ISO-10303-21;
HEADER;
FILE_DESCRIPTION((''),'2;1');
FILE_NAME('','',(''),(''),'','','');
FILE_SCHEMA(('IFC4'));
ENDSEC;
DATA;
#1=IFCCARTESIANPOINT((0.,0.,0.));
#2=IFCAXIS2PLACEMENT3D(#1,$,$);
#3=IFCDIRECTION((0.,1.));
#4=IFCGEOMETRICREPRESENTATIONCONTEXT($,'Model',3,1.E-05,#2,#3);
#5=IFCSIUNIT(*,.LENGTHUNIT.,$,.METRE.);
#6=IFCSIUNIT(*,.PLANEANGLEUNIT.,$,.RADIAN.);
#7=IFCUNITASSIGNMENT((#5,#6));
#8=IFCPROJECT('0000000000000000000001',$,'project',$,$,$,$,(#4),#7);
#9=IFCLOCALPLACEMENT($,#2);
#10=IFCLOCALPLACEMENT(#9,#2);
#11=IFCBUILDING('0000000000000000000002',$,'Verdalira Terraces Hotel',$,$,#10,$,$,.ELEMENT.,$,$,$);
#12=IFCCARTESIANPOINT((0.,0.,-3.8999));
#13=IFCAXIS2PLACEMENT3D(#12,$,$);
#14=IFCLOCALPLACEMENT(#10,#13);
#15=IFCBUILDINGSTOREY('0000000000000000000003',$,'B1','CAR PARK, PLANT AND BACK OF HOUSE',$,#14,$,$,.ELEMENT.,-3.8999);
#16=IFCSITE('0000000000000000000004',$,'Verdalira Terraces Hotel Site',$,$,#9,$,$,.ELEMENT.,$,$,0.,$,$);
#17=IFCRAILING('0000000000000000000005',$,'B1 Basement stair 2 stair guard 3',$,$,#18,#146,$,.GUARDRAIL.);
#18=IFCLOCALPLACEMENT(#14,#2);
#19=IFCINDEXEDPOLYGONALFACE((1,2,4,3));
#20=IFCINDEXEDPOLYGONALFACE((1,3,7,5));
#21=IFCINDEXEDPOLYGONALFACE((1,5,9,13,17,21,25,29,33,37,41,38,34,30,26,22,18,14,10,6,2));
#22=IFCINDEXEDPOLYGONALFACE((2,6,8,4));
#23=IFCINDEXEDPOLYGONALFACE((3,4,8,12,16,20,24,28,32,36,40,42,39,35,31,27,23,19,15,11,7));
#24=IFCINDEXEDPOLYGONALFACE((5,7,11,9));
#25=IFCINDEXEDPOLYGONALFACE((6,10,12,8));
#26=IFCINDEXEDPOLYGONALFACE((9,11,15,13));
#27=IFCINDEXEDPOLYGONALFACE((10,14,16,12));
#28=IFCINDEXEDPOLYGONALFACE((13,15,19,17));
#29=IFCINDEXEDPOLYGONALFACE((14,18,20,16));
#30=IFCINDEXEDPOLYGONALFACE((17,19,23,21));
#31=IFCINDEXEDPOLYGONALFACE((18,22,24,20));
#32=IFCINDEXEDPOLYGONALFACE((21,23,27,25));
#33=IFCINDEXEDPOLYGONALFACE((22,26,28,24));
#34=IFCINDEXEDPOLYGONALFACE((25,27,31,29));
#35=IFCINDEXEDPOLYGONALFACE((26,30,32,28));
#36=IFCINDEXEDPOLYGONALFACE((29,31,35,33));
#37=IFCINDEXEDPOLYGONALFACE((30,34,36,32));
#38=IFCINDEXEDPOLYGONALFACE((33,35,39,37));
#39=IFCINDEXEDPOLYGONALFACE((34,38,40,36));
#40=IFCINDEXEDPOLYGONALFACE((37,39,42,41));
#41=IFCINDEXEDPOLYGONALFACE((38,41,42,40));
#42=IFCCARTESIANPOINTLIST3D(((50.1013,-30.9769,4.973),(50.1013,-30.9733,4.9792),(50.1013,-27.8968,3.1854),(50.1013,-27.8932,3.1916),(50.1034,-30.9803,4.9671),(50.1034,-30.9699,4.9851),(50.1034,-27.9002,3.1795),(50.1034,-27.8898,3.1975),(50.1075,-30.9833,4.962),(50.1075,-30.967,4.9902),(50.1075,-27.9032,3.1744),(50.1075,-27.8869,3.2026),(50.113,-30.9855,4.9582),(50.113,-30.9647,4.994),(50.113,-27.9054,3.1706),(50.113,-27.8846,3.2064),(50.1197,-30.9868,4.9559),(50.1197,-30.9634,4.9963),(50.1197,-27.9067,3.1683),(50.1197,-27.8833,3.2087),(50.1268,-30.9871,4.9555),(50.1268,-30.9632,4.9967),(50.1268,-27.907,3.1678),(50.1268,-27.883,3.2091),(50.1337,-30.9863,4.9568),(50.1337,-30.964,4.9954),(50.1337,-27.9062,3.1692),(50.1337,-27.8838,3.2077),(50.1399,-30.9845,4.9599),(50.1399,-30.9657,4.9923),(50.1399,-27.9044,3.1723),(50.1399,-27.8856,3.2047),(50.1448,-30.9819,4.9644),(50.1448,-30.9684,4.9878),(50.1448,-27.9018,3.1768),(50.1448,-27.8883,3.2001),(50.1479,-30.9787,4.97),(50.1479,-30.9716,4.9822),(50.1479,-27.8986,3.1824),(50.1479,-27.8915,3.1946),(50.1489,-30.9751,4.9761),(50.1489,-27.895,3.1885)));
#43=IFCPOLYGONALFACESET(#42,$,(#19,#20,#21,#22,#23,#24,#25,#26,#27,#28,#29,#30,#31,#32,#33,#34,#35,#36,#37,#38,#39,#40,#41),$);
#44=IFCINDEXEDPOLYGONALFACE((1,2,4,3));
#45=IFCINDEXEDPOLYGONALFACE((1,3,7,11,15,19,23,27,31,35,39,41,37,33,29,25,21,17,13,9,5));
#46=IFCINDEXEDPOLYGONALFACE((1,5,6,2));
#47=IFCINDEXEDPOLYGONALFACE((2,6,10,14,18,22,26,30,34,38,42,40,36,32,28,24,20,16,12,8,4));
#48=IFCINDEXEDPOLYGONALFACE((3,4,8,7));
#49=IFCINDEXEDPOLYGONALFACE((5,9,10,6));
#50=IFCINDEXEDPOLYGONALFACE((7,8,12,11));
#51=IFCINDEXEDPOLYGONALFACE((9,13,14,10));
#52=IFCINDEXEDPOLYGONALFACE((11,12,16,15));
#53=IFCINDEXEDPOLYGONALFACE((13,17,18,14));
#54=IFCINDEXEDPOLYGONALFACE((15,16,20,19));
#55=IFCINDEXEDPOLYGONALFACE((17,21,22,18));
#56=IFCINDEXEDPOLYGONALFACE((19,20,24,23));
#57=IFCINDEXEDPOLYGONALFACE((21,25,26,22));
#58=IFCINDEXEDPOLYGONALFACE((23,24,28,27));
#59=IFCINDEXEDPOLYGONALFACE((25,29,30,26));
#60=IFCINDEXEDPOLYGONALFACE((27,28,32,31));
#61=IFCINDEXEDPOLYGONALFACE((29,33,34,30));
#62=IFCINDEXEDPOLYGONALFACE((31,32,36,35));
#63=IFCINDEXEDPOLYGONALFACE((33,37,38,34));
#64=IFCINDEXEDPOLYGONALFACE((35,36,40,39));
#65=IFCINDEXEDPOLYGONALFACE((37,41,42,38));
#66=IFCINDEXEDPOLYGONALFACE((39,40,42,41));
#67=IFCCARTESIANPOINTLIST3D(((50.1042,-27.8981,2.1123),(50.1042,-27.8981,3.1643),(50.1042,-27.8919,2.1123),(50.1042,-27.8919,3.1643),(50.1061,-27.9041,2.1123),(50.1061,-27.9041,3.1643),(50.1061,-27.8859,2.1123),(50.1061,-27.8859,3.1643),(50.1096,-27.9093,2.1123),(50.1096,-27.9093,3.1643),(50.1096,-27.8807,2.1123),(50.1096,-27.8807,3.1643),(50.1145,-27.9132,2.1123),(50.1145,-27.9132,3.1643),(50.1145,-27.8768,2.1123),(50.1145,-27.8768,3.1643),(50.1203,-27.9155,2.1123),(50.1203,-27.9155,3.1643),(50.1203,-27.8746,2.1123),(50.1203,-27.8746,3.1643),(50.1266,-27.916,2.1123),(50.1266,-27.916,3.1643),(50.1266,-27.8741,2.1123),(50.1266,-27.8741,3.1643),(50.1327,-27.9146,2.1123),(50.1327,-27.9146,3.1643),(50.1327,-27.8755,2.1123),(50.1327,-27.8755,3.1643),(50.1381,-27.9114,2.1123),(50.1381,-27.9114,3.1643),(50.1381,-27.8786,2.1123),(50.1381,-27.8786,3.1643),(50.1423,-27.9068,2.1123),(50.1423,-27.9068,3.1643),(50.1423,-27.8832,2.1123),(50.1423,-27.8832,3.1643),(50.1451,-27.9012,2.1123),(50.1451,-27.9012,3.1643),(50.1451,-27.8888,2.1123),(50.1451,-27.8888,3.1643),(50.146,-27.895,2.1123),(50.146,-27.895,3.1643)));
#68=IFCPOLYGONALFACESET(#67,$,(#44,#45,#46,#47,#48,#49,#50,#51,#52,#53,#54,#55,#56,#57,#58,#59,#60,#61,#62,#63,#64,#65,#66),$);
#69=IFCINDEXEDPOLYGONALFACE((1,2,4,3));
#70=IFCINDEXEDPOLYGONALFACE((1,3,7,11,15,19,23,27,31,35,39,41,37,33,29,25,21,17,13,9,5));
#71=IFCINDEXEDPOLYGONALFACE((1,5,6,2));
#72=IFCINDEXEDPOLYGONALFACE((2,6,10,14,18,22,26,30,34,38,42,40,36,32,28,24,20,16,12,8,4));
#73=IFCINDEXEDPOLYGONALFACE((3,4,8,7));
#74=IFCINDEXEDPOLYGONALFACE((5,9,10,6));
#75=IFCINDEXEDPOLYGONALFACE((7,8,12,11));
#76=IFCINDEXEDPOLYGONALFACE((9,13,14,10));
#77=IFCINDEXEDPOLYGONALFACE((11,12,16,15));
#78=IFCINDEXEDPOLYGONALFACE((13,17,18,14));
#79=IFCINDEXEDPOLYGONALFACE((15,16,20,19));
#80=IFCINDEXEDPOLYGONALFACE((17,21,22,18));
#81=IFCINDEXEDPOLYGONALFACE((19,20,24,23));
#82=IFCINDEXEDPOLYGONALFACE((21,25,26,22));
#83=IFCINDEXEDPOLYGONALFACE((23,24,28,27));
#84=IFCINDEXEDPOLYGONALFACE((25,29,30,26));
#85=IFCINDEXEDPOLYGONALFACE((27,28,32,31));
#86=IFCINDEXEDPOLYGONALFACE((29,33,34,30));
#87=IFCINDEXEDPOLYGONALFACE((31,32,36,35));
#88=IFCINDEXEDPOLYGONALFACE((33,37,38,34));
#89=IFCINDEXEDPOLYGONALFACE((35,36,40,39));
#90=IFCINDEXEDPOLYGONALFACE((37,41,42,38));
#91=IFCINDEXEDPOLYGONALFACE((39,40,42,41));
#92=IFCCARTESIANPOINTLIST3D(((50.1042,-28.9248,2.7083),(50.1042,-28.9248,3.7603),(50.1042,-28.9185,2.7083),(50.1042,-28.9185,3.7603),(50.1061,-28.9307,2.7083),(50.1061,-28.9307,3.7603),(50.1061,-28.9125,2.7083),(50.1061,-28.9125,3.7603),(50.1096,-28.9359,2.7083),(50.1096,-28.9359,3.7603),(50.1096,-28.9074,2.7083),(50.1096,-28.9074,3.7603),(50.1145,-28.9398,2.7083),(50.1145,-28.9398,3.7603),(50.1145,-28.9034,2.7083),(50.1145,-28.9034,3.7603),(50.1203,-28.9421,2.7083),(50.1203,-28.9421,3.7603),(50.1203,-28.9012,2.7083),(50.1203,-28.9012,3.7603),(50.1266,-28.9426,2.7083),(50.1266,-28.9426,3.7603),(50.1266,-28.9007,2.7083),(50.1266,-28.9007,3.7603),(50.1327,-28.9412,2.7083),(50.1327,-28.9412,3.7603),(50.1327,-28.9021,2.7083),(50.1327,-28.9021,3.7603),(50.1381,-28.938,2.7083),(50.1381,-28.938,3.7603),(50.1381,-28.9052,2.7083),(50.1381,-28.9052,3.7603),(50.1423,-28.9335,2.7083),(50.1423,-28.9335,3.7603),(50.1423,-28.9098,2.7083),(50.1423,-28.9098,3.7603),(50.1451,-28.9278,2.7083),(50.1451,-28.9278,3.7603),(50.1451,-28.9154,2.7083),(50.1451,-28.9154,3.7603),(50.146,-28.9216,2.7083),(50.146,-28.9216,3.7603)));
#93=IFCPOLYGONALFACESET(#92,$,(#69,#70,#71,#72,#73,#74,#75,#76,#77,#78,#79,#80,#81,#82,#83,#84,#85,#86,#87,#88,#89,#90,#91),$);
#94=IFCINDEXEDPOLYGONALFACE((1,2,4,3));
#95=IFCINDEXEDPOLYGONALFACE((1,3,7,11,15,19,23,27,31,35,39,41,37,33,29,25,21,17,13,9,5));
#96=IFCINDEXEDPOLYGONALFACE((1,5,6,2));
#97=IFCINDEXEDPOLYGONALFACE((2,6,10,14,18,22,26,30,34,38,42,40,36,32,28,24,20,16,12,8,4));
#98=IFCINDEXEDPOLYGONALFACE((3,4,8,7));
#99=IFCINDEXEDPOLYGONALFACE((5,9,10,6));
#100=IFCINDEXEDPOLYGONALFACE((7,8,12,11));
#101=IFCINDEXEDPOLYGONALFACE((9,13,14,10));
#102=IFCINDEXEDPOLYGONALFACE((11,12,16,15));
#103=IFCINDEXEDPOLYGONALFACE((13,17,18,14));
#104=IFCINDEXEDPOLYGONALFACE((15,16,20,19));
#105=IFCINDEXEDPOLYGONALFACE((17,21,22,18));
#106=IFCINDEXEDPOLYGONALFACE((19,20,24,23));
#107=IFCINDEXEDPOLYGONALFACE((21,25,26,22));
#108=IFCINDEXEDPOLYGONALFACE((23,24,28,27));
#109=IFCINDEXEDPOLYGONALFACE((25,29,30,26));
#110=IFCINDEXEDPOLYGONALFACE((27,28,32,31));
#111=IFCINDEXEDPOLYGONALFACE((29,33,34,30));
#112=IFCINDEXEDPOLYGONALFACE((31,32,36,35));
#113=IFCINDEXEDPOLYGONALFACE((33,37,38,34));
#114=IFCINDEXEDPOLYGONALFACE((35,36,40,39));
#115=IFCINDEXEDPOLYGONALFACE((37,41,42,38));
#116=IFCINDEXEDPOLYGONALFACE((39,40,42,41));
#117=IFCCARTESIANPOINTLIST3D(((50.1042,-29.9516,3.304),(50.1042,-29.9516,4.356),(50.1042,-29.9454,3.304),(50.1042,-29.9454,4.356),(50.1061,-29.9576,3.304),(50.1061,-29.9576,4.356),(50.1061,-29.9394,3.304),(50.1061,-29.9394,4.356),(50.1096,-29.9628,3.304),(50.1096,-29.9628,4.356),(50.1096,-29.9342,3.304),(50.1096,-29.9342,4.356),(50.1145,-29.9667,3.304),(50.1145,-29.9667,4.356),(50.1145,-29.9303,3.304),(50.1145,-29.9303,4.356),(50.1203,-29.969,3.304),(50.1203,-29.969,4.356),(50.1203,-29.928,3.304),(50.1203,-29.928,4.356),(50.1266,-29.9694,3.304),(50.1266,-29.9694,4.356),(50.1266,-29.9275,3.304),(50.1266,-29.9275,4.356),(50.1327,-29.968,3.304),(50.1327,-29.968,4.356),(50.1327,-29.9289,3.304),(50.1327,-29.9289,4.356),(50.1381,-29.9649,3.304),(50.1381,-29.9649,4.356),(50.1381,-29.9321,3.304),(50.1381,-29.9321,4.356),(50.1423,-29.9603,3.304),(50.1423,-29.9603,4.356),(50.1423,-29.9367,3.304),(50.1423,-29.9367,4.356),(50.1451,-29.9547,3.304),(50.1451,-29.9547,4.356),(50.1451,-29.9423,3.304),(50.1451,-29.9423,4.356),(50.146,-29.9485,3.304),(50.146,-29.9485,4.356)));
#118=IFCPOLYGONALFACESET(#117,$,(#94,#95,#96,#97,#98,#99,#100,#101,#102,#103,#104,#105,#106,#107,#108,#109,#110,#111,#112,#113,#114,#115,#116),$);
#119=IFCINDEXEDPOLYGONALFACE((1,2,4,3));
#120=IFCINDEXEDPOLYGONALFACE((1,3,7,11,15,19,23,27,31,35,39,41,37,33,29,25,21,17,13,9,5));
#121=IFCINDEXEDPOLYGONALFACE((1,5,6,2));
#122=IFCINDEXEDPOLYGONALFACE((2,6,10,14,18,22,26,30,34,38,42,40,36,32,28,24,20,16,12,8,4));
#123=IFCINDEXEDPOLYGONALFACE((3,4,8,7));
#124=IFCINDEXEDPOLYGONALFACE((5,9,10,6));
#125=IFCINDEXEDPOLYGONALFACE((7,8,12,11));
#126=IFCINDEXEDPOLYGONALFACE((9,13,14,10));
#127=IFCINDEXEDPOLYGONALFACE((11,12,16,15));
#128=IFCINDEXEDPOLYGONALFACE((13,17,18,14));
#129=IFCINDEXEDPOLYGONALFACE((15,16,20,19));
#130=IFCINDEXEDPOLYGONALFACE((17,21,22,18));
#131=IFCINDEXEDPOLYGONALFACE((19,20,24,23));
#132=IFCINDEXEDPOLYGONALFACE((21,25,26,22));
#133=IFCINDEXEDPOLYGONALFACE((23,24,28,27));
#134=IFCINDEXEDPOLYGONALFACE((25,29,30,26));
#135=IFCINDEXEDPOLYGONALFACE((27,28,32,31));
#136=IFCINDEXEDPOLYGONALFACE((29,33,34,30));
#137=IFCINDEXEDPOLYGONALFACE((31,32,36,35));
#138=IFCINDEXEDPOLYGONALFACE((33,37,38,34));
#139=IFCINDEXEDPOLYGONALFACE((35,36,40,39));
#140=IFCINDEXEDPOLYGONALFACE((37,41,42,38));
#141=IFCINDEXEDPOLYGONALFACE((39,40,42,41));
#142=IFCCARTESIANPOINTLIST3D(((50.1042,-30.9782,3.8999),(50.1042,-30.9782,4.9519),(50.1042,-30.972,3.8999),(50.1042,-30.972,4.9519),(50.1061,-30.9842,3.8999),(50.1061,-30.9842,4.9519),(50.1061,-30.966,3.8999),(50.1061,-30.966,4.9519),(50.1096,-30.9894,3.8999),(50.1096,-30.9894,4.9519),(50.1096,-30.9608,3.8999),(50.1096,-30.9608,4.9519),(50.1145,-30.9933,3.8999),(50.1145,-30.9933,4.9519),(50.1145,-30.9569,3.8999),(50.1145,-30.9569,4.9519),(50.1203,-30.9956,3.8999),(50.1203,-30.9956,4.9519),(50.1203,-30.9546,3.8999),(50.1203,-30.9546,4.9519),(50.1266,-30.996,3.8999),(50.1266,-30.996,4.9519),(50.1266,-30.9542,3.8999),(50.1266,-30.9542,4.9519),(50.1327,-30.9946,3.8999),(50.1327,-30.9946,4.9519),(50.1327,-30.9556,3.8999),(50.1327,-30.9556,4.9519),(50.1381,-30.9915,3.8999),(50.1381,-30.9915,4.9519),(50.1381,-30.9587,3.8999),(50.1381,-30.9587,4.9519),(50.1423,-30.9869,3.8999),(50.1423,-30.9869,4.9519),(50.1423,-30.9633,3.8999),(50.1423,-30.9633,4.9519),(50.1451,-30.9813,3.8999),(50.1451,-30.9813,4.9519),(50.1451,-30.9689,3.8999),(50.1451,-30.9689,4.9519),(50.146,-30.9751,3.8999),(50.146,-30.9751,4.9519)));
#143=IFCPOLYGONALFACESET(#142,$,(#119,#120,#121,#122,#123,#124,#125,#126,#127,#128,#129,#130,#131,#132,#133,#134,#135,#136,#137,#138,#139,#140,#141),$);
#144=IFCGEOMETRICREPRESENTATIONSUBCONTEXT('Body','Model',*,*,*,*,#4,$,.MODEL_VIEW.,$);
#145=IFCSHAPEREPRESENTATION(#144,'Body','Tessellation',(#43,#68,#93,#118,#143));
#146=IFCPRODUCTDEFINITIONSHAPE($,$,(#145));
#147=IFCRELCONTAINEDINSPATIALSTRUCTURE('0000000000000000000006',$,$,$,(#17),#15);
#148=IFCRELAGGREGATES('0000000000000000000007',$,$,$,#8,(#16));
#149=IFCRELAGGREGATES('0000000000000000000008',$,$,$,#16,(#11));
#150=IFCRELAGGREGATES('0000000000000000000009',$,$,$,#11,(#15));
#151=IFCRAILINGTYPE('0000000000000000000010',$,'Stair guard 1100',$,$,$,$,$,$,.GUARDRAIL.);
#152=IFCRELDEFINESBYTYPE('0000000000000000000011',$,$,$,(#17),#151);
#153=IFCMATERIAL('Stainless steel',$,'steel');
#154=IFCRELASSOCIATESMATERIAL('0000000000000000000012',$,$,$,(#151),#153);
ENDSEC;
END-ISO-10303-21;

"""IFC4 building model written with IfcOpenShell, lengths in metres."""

from ifc_helpers import new_model, si_unit, direction, frame, origin, origin_2d, place, context, subcontext, project, spatial, circle, extrude, material, type_object, element, save


model = new_model("IFC4")

# Units and contexts
model_context = context("Model", 3, precision=1e-05, world=origin(), true_north=direction((0.0, 1.0)))
body_context = subcontext(model_context, "Body", "Model", "MODEL_VIEW")
ifc_project = project(units=[si_unit("LENGTHUNIT", "METRE"), si_unit("PLANEANGLEUNIT", "RADIAN")], contexts=[model_context])

# Site, building, storey
site_placement = place(None, origin())
site = spatial("IfcSite", under=ifc_project, at=site_placement, Name="Verdalira Terraces Hotel Site", CompositionType="ELEMENT", RefElevation=0.0)
building_placement = place(site_placement, origin())
building = spatial("IfcBuilding", under=site, at=building_placement, Name="Verdalira Terraces Hotel", CompositionType="ELEMENT")
storey_placement = place(building_placement, frame((0.0, 0.0, -3.8999)))
storey = spatial("IfcBuildingStorey", under=building, at=storey_placement, Name="B1", Description="CAR PARK, PLANT AND BACK OF HOUSE", CompositionType="ELEMENT", Elevation=-3.8999)

# Railing
ifc_material_1 = material(Name="Stainless steel", Category="steel")
railing_type_1 = type_object("IfcRailingType", Name="Stair guard 1100", PredefinedType="GUARDRAIL", material=ifc_material_1)
railing_1_placement = place(storey_placement, frame((50.125, -27.895, 2.1123)))
element("IfcRailing", 1, at=railing_1_placement, inside=storey, type_object=railing_type_1, Name="B1 Basement stair 2 stair guard 3", PredefinedType="GUARDRAIL", context=body_context, shape_type="SweptSolid", body=[
    extrude(circle(Radius=0.0239, at=origin_2d()), frame((0.0, 0.0, 1.0762), z_axis=(0.0, -0.864891, 0.50196), x_axis=(1.0, 0.0, 0.0)), (0.0, 0.0, 1.0), 3.5613),
    extrude(circle(Radius=0.021, at=origin_2d()), origin(), (0.0, 0.0, 1.0), 1.052),
    extrude(circle(Radius=0.021, at=origin_2d()), frame((0.0, -1.0266, 0.5959)), (0.0, 0.0, 1.0), 1.052),
    extrude(circle(Radius=0.021, at=origin_2d()), frame((0.0, -2.0535, 1.1917)), (0.0, 0.0, 1.0), 1.052),
    extrude(circle(Radius=0.021, at=origin_2d()), frame((0.0, -3.0801, 1.7876)), (0.0, 0.0, 1.0), 1.052),
])

save(model, "model.ifc")
